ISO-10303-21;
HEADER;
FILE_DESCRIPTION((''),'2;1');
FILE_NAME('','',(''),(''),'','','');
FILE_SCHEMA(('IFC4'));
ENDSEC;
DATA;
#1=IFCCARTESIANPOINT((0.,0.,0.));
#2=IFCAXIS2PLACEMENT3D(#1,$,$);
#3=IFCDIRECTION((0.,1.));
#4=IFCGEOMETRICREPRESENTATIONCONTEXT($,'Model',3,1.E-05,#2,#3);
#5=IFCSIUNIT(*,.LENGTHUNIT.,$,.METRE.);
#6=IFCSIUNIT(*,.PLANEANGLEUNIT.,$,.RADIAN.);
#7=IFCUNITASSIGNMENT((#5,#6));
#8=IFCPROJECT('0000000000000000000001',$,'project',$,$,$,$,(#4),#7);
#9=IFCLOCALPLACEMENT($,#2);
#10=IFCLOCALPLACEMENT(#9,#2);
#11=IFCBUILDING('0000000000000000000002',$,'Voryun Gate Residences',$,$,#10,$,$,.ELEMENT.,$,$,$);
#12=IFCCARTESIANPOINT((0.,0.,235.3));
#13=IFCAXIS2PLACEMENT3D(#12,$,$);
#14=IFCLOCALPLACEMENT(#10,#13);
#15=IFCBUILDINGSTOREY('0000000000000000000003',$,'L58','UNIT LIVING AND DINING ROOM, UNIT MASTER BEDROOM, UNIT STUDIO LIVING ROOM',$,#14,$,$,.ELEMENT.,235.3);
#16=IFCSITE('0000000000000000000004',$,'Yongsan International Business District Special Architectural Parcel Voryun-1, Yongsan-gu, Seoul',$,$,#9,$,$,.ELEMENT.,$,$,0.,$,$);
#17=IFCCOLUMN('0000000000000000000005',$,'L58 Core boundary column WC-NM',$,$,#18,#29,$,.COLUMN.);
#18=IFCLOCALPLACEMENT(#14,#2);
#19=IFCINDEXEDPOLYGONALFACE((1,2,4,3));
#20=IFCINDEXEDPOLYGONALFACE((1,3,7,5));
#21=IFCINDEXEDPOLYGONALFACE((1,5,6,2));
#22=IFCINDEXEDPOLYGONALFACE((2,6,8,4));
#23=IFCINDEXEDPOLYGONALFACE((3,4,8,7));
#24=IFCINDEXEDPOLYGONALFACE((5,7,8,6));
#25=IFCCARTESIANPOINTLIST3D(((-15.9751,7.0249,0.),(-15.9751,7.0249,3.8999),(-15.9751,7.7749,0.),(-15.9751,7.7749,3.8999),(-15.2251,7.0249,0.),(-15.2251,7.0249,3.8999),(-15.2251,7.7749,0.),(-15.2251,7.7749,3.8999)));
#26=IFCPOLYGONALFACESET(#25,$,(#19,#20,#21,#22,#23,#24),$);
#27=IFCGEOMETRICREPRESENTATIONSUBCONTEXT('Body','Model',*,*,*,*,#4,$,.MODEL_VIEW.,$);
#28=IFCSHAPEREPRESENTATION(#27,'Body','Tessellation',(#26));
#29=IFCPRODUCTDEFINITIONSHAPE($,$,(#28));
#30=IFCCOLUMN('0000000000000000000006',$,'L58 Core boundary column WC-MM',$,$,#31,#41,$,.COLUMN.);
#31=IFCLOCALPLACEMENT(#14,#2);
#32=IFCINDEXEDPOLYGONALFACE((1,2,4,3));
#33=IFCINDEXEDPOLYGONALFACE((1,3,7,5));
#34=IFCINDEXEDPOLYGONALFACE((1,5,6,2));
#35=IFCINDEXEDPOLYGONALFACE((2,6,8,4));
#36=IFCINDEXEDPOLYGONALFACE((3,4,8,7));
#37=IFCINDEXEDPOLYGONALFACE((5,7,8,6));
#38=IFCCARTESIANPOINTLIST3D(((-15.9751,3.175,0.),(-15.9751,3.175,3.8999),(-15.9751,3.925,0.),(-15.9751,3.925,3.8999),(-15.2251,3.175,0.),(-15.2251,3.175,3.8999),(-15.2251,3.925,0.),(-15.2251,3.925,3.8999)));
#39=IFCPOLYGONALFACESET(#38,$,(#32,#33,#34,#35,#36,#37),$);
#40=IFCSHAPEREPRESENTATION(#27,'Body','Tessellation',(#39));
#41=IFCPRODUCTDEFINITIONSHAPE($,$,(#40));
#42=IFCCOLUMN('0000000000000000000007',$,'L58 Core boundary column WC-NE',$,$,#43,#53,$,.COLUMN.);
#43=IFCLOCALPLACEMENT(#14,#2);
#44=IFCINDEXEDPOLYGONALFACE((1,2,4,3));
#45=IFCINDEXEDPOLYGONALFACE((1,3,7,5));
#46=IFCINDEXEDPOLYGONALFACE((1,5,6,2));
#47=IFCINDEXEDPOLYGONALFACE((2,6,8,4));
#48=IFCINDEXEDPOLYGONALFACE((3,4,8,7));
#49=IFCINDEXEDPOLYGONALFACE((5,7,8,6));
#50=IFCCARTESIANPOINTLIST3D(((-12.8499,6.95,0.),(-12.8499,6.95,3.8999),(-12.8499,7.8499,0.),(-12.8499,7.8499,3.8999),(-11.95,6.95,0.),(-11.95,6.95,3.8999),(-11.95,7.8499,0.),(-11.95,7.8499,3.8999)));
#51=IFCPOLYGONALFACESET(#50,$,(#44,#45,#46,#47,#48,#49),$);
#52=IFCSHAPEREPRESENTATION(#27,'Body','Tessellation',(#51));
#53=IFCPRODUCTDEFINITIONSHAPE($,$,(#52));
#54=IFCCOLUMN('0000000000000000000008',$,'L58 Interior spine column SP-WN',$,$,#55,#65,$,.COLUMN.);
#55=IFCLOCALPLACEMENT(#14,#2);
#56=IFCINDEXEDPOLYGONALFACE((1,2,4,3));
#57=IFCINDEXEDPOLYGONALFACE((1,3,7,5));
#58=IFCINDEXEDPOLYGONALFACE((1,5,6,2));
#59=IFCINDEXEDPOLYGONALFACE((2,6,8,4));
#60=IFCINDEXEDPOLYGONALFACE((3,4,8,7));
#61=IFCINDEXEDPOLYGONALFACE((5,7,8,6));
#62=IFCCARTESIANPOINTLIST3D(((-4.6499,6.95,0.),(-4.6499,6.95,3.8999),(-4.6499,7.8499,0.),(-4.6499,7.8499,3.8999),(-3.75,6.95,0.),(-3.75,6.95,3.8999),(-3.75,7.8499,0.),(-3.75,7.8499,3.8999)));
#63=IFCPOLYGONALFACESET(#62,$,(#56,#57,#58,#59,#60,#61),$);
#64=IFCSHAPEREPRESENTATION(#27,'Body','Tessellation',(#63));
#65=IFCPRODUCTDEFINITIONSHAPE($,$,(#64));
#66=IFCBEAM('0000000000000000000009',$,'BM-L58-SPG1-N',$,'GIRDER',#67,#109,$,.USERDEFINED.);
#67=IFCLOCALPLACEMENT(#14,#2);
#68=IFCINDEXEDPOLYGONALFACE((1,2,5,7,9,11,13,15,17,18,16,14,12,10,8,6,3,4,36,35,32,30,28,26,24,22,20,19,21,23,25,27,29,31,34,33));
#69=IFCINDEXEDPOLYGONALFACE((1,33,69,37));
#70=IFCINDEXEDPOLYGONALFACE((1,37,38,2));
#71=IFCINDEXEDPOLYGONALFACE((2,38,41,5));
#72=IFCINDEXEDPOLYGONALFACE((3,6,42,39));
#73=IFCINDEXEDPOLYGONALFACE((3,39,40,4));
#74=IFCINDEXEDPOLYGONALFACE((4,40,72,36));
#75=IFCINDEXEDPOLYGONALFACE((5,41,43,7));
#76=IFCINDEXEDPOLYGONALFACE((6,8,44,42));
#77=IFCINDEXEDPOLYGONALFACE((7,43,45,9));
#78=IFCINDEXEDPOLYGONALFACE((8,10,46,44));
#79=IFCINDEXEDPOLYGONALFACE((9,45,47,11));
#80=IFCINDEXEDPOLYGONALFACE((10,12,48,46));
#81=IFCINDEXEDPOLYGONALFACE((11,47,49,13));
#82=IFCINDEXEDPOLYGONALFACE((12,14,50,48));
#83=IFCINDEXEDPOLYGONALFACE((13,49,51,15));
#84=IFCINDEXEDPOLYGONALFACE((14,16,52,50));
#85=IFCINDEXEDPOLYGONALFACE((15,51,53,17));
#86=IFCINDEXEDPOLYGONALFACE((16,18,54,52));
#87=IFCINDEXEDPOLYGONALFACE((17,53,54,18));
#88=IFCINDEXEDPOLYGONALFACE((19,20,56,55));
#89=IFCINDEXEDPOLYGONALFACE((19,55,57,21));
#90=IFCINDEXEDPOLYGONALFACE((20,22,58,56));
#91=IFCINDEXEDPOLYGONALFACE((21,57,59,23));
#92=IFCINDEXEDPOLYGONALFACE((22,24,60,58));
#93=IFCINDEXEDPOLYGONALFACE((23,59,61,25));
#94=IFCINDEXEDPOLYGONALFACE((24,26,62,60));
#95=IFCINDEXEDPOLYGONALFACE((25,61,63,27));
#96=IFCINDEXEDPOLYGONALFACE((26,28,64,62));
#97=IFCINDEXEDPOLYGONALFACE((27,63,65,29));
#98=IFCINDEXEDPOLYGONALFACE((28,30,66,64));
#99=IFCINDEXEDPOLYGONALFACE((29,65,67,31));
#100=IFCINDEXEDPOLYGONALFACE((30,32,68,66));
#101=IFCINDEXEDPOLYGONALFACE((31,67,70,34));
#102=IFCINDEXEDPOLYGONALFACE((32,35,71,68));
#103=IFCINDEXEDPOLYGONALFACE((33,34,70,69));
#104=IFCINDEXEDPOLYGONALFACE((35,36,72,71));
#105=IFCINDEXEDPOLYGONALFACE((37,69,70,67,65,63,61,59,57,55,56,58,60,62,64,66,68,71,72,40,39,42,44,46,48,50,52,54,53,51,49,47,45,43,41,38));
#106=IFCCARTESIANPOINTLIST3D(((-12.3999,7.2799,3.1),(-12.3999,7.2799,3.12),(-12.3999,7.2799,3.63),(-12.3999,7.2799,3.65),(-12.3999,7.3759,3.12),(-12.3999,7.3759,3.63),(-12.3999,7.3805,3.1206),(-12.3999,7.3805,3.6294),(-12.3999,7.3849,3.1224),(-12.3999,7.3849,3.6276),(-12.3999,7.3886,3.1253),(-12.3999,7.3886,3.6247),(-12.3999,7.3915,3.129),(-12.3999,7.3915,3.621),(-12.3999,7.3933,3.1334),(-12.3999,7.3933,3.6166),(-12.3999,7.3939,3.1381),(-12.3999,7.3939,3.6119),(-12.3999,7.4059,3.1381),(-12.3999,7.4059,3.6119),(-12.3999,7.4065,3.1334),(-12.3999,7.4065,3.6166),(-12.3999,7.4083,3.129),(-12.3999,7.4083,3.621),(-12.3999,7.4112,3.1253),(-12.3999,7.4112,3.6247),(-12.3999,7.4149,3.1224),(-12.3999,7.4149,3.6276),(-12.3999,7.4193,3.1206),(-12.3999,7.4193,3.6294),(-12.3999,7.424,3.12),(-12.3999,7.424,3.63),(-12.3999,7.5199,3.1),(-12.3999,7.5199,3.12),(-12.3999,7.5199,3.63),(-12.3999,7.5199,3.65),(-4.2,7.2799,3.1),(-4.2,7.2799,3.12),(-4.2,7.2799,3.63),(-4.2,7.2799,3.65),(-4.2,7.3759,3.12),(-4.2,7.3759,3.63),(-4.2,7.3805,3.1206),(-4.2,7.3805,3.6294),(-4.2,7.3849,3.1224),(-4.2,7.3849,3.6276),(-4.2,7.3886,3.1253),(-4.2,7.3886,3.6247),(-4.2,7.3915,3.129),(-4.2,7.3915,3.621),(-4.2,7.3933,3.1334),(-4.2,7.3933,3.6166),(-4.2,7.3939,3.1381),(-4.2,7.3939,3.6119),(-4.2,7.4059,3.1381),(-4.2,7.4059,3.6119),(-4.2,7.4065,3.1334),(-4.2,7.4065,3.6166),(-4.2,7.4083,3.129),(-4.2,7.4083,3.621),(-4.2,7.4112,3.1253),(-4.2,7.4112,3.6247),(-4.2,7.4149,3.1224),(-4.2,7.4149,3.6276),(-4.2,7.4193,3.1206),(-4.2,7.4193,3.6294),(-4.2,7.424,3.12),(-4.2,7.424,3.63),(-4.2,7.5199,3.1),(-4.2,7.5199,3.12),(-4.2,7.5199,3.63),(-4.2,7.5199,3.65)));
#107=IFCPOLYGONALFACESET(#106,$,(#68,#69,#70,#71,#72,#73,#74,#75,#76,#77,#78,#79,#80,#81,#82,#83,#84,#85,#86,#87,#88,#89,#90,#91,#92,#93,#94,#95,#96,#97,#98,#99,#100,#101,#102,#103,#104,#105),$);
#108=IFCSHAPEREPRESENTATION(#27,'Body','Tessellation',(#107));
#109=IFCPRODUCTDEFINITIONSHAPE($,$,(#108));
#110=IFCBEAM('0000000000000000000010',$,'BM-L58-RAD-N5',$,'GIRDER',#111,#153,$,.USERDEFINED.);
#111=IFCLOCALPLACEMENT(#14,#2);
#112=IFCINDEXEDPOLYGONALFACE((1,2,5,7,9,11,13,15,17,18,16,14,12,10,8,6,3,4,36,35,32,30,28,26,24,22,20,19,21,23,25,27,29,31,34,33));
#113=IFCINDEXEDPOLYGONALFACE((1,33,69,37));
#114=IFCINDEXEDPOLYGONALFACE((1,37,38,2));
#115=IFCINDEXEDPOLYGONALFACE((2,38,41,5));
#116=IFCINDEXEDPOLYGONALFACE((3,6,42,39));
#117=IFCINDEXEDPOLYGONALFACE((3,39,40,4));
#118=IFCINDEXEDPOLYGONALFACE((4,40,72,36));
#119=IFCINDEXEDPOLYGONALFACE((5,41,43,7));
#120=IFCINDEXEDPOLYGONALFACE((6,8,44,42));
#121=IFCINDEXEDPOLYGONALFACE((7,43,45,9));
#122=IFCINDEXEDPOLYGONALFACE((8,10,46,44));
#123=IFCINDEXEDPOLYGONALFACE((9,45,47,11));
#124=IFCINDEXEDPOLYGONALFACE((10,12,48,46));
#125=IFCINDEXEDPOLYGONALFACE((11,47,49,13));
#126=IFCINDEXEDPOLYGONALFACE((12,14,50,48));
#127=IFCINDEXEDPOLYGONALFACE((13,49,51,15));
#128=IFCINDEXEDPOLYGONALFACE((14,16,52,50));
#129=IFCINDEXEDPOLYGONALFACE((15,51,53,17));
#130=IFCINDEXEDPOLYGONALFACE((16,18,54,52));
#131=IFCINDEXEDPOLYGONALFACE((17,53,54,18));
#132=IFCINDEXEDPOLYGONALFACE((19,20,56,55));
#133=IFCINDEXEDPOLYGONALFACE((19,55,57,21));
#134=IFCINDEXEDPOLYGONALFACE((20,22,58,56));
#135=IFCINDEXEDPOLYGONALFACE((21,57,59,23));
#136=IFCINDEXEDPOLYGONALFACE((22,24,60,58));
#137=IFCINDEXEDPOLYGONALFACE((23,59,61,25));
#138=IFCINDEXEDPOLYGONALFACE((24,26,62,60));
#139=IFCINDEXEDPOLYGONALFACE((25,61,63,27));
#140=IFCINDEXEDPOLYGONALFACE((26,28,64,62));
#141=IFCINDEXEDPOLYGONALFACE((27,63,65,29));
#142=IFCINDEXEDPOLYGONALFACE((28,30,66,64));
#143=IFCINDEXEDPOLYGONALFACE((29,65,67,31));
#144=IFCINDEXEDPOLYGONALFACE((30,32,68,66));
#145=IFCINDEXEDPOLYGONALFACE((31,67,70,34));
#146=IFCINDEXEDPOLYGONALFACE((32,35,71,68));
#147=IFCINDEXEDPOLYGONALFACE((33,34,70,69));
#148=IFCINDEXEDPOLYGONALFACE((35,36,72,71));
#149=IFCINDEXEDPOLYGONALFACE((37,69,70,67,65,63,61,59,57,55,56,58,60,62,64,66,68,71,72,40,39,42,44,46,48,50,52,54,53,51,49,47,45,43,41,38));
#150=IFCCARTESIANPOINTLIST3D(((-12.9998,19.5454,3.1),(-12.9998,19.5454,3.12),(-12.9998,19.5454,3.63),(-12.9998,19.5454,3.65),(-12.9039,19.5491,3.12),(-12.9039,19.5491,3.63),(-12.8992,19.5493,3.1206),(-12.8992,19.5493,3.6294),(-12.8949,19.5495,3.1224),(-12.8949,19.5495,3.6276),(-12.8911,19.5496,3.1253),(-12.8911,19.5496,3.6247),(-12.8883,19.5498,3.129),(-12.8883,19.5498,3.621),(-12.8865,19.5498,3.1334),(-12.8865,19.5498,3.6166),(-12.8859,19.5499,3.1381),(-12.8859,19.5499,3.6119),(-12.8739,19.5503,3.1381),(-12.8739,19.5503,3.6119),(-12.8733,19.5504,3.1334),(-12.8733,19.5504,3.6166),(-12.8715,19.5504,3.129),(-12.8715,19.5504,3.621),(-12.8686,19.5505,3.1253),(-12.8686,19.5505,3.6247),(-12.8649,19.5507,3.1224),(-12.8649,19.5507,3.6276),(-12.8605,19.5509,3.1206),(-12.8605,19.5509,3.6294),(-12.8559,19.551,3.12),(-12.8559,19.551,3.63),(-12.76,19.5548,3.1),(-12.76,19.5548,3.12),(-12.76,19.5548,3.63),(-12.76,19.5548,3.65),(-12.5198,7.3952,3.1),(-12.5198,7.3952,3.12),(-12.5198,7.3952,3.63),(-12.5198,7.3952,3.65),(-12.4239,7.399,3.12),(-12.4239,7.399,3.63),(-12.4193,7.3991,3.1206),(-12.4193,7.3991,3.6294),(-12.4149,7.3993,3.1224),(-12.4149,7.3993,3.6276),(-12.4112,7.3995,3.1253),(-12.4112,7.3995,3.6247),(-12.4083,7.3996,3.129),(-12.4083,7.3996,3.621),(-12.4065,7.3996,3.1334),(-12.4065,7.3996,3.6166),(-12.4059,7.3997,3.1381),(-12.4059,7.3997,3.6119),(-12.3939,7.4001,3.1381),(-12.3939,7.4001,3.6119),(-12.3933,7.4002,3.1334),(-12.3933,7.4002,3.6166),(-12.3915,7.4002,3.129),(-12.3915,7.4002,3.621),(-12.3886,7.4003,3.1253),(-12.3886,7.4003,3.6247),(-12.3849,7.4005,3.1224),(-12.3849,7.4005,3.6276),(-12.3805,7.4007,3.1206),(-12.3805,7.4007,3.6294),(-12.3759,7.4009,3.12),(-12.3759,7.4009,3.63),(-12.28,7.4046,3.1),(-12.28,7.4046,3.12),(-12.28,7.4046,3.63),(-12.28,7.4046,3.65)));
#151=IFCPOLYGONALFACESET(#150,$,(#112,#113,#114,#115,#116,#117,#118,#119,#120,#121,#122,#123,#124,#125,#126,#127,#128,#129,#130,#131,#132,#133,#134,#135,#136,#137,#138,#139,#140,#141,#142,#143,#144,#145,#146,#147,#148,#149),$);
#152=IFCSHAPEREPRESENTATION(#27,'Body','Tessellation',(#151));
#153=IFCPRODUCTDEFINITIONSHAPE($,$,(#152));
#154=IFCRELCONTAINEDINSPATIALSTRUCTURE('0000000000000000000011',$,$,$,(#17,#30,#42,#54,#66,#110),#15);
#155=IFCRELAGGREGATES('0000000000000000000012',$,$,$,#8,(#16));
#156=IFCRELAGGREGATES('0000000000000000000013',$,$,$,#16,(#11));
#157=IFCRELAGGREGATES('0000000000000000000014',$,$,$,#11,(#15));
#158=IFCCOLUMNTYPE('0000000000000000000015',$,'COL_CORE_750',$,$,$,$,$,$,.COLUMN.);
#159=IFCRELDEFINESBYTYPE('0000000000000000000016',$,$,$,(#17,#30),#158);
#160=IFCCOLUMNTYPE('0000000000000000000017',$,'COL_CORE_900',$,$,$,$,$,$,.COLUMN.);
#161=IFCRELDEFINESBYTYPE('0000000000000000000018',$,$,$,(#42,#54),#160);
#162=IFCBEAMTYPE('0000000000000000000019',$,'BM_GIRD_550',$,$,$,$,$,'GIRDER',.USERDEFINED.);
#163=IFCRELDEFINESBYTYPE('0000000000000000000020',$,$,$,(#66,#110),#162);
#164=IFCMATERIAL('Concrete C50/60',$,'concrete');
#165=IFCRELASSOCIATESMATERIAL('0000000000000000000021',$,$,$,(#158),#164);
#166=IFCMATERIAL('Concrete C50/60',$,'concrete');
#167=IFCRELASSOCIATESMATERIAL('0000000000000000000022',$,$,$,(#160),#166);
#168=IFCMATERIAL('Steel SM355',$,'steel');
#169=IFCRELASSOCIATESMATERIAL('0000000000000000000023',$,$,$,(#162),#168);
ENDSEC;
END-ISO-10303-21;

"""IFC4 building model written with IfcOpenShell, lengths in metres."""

from ifc_helpers import new_model, si_unit, direction, frame, origin, origin_2d, place, context, subcontext, project, spatial, rectangle, i_section, extrude, material, material_profile, profile_set, type_object, element, save


model = new_model("IFC4")

# Units and contexts
model_context = context("Model", 3, precision=1e-05, world=origin(), true_north=direction((0.0, 1.0)))
body_context = subcontext(model_context, "Body", "Model", "MODEL_VIEW")
ifc_project = project(units=[si_unit("LENGTHUNIT", "METRE"), si_unit("PLANEANGLEUNIT", "RADIAN")], contexts=[model_context])

# Site, building, storey
site_placement = place(None, origin())
site = spatial("IfcSite", under=ifc_project, at=site_placement, Name="Yongsan International Business District Special Architectural Parcel Voryun-1, Yongsan-gu, Seoul", CompositionType="ELEMENT", RefElevation=0.0)
building_placement = place(site_placement, origin())
building = spatial("IfcBuilding", under=site, at=building_placement, Name="Voryun Gate Residences", CompositionType="ELEMENT")
storey_placement = place(building_placement, frame((0.0, 0.0, 235.3)))
storey = spatial("IfcBuildingStorey", under=building, at=storey_placement, Name="L58", Description="UNIT LIVING AND DINING ROOM, UNIT MASTER BEDROOM, UNIT STUDIO LIVING ROOM", CompositionType="ELEMENT", Elevation=235.3)

# Columns
ifc_material_1 = material(Name="Concrete C50/60", Category="concrete")
ifc_material_profile_1 = material_profile(ifc_material_1, rectangle(XDim=0.75, YDim=0.75, at=origin_2d()), Name="RC-750x750")
ifc_profile_set_1 = profile_set([ifc_material_profile_1], Name="Concrete C50/60")
column_type_1 = type_object("IfcColumnType", Name="COL_CORE_750", PredefinedType="COLUMN", material=ifc_profile_set_1)
for number, where, z_axis, x_axis, name in (
    (1, (-15.6001, 7.3999, 0.0), (0.0, 0.0, 1.0), (1.0, 0.0, 0.0), "L58 Core boundary column WC-NM"),
    (2, (-15.6001, 3.55, 0.0), (0.0, 0.0, 1.0), (1.0, 0.0, 0.0), "L58 Core boundary column WC-MM"),
):
    element("IfcColumn", number, at=place(storey_placement, frame(where, z_axis=z_axis, x_axis=x_axis)), inside=storey, type_object=column_type_1, Name=name, PredefinedType="COLUMN", context=body_context, shape_type="SweptSolid", body=[
        extrude(rectangle(XDim=0.75, YDim=0.75, at=origin_2d()), origin(), (0.0, 0.0, 1.0), 3.8999),
    ])
ifc_material_2 = material(Name="Concrete C50/60", Category="concrete")
ifc_material_profile_2 = material_profile(ifc_material_2, rectangle(XDim=0.8999, YDim=0.8999, at=origin_2d()), Name="RC-900x900")
ifc_profile_set_2 = profile_set([ifc_material_profile_2], Name="Concrete C50/60")
column_type_2 = type_object("IfcColumnType", Name="COL_CORE_900", PredefinedType="COLUMN", material=ifc_profile_set_2)
for number, where, z_axis, x_axis, name in (
    (3, (-12.3999, 7.3999, 0.0), (0.0, 0.0, 1.0), (1.0, 0.0, 0.0), "L58 Core boundary column WC-NE"),
    (4, (-4.2, 7.3999, 0.0), (0.0, 0.0, 1.0), (1.0, 0.0, 0.0), "L58 Interior spine column SP-WN"),
):
    element("IfcColumn", number, at=place(storey_placement, frame(where, z_axis=z_axis, x_axis=x_axis)), inside=storey, type_object=column_type_2, Name=name, PredefinedType="COLUMN", context=body_context, shape_type="SweptSolid", body=[
        extrude(rectangle(XDim=0.8999, YDim=0.8999, at=origin_2d()), origin(), (0.0, 0.0, 1.0), 3.8999),
    ])

# Beams
ifc_material_3 = material(Name="Steel SM355", Category="steel")
ifc_material_profile_3 = material_profile(ifc_material_3, i_section(OverallWidth=0.24, OverallDepth=0.55, WebThickness=0.012, FlangeThickness=0.02, FilletRadius=0.0181, at=origin_2d()), Name="H-550x240x12x20")
ifc_profile_set_3 = profile_set([ifc_material_profile_3], Name="Steel SM355")
beam_type_1 = type_object("IfcBeamType", Name="BM_GIRD_550", ElementType="GIRDER", PredefinedType="USERDEFINED", material=ifc_profile_set_3)
beam_1_placement = place(storey_placement, frame((-12.3999, 7.3999, 3.375), z_axis=(1.0, 0.0, 0.0), x_axis=(0.0, 1.0, 0.0)))
element("IfcBeam", 5, at=beam_1_placement, inside=storey, type_object=beam_type_1, Name="BM-L58-SPG1-N", ObjectType="GIRDER", PredefinedType="USERDEFINED", context=body_context, shape_type="SweptSolid", body=[
    extrude(i_section(OverallWidth=0.24, OverallDepth=0.55, WebThickness=0.012, FlangeThickness=0.02, FilletRadius=0.0181, at=origin_2d()), origin(), (0.0, 0.0, 1.0), 8.2),
])
beam_2_placement = place(storey_placement, frame((-12.3999, 7.3999, 3.375), z_axis=(-0.039473, 0.999221, 0.0), x_axis=(-0.999221, -0.039473, 0.0)))
element("IfcBeam", 6, at=beam_2_placement, inside=storey, type_object=beam_type_1, Name="BM-L58-RAD-N5", ObjectType="GIRDER", PredefinedType="USERDEFINED", context=body_context, shape_type="SweptSolid", body=[
    extrude(i_section(OverallWidth=0.24, OverallDepth=0.55, WebThickness=0.012, FlangeThickness=0.02, FilletRadius=0.0181, at=origin_2d()), origin(), (0.0, 0.0, 1.0), 12.1597),
])

save(model, "model.ifc")
